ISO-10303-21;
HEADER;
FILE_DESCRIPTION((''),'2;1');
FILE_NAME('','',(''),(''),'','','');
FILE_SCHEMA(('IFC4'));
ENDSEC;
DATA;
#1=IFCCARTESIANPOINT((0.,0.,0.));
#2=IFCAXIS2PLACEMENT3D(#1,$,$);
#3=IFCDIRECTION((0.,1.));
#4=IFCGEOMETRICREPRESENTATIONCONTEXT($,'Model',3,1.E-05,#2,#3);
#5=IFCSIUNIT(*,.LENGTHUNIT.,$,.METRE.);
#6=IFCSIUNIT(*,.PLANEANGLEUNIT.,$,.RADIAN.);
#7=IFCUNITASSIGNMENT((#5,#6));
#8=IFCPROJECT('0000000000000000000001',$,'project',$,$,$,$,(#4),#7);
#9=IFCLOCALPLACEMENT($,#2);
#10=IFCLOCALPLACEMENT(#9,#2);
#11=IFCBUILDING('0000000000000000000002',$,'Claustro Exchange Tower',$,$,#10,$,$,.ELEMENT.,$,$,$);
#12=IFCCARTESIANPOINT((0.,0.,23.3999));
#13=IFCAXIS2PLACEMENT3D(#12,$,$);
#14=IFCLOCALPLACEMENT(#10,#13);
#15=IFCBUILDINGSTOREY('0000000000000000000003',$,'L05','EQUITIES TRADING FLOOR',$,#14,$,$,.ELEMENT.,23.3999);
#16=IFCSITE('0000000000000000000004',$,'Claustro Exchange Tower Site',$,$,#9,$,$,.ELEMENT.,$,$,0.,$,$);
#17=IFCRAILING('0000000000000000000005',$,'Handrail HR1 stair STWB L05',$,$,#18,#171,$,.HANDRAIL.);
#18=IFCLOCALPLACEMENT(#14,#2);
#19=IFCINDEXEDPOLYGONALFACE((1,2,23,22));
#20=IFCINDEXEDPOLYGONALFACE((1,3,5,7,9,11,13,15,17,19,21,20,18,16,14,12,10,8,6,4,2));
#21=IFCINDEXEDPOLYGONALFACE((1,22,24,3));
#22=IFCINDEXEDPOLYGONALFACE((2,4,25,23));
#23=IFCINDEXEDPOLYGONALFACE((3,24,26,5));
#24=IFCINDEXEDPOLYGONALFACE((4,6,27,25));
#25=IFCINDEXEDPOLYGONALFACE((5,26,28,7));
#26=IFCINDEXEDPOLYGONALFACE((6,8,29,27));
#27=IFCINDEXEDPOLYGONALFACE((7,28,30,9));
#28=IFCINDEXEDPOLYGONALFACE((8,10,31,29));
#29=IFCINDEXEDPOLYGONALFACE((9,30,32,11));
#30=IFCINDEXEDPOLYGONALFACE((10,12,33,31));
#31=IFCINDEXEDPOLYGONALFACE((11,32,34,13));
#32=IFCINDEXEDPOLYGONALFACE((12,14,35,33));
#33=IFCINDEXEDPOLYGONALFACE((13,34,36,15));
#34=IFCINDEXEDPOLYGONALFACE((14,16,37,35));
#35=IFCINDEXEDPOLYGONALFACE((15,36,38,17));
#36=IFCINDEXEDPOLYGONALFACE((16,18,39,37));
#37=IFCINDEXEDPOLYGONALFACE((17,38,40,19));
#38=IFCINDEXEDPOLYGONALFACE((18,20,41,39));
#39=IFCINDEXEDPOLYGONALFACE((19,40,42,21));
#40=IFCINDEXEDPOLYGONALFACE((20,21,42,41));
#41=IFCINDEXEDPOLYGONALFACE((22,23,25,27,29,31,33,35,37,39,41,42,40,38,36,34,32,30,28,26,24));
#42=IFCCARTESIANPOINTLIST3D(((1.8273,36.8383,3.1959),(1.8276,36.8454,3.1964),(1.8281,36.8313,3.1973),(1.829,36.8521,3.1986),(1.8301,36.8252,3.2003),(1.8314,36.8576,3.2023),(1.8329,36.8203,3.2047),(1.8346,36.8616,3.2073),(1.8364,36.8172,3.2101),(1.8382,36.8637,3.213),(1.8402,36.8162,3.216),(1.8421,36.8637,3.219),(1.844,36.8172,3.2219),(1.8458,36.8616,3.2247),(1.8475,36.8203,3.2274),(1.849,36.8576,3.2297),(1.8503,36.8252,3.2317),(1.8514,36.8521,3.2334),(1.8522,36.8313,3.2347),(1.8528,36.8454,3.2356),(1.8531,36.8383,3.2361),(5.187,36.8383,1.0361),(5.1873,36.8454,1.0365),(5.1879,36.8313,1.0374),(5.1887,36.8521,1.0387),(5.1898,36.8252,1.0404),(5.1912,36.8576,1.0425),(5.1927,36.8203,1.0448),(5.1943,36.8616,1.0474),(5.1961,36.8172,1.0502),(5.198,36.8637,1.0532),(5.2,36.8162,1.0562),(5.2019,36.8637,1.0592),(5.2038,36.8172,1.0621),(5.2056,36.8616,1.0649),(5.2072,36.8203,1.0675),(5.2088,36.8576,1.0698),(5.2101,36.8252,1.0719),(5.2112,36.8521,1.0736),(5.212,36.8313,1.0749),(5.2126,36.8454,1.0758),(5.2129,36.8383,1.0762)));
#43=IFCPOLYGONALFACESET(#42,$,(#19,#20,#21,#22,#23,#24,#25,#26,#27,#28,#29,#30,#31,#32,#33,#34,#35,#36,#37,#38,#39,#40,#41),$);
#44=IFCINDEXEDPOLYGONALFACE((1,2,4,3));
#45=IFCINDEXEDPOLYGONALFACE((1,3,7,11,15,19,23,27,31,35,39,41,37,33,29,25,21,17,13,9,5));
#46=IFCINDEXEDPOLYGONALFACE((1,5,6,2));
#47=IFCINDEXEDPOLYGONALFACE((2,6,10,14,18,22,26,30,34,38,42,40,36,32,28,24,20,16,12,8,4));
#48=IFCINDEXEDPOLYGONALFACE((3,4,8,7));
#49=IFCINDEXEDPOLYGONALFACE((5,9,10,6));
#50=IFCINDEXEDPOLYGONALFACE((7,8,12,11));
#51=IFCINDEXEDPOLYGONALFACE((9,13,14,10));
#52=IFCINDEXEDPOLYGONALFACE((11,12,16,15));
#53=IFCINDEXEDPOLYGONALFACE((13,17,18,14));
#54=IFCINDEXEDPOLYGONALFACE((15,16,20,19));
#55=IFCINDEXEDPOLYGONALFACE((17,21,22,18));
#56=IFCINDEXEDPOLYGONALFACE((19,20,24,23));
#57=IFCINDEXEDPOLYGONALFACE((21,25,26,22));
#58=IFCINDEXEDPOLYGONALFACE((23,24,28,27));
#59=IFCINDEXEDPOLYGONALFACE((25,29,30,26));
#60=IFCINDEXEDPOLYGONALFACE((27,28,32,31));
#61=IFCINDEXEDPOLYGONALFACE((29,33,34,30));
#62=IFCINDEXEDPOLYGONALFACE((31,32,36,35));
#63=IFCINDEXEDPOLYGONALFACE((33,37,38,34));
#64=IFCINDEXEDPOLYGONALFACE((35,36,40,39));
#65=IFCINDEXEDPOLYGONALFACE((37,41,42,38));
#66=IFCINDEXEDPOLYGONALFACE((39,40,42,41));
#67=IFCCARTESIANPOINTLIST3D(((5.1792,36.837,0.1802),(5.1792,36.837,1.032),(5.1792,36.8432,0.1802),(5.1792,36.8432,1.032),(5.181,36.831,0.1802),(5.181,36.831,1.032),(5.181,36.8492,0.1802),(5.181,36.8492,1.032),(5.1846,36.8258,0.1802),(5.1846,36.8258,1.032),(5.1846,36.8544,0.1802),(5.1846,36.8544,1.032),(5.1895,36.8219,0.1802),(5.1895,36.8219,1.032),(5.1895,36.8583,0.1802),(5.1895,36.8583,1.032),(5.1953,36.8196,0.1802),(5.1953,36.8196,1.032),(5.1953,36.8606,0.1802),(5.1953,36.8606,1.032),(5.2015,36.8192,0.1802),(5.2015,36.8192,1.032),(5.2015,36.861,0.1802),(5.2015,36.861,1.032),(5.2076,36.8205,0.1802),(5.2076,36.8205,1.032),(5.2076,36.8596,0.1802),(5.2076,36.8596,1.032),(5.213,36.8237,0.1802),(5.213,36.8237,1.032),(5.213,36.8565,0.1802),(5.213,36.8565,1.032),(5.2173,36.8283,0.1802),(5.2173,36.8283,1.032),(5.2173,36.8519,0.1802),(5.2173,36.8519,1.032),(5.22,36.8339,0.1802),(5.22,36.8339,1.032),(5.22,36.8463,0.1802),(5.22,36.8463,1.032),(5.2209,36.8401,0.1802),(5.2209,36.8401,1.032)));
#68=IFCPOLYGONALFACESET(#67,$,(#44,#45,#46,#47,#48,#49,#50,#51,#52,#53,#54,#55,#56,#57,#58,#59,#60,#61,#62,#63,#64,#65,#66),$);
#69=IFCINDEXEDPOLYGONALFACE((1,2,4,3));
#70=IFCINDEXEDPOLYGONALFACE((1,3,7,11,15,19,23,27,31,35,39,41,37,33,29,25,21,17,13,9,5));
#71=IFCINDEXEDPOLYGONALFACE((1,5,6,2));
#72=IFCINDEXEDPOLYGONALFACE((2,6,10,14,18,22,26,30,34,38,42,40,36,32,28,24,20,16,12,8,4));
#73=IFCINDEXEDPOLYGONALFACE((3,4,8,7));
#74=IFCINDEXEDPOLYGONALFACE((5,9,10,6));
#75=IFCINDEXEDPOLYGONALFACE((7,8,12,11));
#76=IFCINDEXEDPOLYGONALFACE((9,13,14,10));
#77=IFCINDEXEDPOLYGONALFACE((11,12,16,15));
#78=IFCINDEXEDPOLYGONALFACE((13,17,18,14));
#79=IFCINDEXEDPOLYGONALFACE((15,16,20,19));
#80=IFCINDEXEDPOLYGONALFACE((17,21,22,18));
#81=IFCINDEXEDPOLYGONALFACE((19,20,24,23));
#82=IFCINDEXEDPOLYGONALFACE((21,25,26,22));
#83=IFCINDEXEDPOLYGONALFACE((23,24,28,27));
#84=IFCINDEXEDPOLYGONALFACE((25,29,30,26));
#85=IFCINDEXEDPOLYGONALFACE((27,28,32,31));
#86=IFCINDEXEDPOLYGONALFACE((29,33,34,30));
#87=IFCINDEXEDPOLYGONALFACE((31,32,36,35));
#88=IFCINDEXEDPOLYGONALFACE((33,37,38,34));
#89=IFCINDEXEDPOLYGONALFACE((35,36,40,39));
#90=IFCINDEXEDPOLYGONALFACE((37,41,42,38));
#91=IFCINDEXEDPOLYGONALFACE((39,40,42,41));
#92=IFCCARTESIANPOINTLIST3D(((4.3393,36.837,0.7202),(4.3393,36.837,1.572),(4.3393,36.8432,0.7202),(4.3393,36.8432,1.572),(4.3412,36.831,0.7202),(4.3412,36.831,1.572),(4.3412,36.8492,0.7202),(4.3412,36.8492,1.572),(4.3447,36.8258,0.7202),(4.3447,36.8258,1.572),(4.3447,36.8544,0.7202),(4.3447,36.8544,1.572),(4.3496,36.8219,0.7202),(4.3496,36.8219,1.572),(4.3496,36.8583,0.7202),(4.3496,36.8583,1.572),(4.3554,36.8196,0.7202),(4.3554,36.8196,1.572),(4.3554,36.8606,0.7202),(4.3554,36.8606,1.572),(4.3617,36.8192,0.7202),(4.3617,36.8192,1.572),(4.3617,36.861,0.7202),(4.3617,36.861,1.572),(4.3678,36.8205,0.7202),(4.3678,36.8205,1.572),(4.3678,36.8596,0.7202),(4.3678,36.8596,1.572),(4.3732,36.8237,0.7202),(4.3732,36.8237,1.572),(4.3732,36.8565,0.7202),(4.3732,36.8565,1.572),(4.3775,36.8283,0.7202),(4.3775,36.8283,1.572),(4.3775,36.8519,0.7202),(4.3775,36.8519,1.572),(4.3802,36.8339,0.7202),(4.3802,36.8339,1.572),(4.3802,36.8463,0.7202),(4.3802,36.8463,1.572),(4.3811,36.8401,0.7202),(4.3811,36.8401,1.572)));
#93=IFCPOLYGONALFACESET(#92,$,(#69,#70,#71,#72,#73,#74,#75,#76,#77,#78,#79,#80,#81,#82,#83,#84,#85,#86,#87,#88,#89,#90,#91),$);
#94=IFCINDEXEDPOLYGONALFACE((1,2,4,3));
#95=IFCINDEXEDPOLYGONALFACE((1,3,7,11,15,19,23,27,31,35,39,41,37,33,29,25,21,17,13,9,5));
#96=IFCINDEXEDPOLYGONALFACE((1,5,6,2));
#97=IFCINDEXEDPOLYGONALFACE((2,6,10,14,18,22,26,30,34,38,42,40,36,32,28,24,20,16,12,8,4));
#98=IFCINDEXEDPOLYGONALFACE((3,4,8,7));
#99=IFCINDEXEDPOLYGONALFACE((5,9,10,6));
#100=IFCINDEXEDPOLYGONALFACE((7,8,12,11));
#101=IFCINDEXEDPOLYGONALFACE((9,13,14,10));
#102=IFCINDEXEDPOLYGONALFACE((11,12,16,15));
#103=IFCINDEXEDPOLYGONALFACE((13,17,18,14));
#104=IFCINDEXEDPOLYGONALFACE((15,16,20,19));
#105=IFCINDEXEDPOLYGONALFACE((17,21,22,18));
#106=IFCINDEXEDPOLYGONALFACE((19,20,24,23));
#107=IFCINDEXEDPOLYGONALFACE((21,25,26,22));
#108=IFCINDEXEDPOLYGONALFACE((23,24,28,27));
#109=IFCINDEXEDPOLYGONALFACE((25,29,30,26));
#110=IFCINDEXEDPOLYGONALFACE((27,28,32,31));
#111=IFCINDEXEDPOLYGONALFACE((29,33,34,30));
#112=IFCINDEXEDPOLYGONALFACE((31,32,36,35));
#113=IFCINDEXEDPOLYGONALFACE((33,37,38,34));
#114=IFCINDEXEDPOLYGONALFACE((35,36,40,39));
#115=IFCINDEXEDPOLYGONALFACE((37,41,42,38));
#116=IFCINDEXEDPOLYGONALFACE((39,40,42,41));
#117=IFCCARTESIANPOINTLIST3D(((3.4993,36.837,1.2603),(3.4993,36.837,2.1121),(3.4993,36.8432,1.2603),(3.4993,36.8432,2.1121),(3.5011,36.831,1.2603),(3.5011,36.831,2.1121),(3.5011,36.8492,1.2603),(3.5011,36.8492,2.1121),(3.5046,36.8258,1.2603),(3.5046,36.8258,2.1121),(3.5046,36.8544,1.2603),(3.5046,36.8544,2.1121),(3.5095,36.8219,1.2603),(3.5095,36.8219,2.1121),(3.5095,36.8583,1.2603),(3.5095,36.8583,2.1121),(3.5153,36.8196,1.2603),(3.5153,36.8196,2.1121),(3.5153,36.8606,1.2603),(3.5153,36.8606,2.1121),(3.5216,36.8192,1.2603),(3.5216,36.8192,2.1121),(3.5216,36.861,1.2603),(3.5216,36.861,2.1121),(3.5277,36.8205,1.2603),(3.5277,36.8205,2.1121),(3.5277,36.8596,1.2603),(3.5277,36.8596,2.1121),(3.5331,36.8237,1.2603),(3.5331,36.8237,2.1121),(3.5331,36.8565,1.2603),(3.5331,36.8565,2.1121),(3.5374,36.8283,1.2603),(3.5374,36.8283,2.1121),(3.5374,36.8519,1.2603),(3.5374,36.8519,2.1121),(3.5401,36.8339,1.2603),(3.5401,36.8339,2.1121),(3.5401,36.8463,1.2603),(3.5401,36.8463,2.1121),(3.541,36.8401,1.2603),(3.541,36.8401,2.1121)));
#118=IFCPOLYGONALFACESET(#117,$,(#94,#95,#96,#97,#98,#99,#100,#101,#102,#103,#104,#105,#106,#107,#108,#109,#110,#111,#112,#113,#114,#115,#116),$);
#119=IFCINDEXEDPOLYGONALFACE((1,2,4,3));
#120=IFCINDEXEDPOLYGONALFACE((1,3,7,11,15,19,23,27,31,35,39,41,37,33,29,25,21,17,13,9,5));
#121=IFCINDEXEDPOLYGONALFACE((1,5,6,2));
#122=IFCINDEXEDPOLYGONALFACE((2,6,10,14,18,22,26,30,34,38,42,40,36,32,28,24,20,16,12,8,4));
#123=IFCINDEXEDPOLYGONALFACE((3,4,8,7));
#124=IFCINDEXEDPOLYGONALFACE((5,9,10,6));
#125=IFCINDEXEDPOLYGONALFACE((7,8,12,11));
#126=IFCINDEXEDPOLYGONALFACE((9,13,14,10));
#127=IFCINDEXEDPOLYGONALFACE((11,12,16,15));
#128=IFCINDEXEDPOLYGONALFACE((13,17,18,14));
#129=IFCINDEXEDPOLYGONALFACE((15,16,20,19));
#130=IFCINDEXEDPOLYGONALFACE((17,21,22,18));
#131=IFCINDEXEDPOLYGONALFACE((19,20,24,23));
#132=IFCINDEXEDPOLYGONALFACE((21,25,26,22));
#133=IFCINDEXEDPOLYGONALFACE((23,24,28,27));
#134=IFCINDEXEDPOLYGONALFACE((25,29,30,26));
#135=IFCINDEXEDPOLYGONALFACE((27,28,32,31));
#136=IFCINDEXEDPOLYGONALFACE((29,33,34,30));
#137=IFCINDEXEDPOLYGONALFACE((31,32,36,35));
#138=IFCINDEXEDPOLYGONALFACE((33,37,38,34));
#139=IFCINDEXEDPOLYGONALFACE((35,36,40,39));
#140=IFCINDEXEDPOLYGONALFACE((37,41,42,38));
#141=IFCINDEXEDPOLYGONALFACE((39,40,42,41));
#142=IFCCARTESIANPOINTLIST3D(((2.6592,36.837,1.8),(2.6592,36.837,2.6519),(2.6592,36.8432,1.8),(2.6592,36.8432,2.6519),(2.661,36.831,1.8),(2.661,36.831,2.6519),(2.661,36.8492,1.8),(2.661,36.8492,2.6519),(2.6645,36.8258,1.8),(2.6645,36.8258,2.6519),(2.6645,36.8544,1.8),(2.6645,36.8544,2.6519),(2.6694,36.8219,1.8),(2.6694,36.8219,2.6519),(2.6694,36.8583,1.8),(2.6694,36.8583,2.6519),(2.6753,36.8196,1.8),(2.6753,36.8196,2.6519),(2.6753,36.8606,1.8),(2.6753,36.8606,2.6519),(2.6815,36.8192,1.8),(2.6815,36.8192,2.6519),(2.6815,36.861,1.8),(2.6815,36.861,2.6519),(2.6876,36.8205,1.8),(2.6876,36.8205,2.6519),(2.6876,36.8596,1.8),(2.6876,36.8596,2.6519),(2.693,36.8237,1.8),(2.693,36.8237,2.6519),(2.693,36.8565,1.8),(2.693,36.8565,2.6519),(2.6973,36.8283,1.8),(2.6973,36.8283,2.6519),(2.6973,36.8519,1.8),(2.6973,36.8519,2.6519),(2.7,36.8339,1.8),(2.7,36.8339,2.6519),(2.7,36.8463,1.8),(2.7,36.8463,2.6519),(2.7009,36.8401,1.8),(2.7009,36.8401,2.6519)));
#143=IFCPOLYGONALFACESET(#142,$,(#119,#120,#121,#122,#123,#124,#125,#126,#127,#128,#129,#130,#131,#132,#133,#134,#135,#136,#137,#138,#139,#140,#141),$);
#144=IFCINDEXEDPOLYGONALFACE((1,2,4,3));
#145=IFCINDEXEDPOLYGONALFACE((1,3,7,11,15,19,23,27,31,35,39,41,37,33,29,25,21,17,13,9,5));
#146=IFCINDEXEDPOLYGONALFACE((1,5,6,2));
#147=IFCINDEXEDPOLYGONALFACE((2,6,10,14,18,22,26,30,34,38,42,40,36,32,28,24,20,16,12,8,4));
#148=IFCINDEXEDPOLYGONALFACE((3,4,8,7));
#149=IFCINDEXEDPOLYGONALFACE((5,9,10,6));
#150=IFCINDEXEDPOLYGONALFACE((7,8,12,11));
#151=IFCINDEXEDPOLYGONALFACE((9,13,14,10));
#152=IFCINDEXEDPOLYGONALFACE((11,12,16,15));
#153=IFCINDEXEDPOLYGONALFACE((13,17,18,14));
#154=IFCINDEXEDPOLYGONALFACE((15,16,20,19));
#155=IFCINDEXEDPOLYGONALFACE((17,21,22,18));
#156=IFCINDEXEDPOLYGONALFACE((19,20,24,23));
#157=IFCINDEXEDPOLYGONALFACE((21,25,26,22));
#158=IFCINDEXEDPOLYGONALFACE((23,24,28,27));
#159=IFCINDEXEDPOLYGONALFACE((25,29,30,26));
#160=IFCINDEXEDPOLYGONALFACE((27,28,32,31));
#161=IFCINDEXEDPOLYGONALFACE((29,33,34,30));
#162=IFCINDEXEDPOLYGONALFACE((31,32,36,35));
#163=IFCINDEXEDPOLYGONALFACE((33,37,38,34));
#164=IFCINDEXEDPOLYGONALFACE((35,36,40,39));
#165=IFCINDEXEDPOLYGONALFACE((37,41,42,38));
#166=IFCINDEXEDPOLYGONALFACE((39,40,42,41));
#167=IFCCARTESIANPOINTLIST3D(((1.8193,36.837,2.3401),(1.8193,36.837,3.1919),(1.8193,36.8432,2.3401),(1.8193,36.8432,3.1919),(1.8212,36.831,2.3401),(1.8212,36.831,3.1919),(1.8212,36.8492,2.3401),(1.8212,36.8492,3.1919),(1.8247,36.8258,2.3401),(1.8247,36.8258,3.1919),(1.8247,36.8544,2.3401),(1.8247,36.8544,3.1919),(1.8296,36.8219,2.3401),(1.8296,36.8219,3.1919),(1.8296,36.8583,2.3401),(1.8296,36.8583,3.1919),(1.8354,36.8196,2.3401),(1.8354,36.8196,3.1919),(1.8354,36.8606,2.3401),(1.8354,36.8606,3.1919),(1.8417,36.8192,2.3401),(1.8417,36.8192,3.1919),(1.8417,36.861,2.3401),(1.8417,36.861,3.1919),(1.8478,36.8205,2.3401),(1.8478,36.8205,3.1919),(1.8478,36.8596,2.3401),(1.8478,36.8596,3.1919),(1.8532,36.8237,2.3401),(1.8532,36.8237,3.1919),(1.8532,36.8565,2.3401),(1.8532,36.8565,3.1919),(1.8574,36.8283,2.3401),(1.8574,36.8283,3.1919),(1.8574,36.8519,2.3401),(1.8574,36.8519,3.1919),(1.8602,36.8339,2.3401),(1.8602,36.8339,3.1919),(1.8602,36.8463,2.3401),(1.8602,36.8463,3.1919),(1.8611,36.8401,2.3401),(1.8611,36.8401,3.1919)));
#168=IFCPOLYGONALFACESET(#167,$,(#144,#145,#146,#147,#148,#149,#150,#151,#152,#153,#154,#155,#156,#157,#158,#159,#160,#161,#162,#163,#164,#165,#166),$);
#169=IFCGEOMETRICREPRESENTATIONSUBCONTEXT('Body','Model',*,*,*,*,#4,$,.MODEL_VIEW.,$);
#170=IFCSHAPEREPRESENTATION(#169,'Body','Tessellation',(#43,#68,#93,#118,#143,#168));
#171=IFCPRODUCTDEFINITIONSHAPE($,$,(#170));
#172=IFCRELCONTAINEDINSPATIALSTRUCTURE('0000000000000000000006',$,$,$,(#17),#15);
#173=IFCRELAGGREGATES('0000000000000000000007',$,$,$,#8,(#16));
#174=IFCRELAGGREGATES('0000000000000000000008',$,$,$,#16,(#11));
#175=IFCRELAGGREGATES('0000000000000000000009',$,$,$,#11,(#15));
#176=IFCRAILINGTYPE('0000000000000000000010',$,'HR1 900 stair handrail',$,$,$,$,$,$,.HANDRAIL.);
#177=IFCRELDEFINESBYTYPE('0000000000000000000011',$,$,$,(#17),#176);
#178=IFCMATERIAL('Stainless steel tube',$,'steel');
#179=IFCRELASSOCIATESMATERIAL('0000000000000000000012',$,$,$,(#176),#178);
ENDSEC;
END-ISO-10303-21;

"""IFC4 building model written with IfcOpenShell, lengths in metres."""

from ifc_helpers import new_model, si_unit, direction, frame, origin, origin_2d, place, context, subcontext, project, spatial, circle, extrude, material, type_object, element, save


model = new_model("IFC4")

# Units and contexts
model_context = context("Model", 3, precision=1e-05, world=origin(), true_north=direction((0.0, 1.0)))
body_context = subcontext(model_context, "Body", "Model", "MODEL_VIEW")
ifc_project = project(units=[si_unit("LENGTHUNIT", "METRE"), si_unit("PLANEANGLEUNIT", "RADIAN")], contexts=[model_context])

# Site, building, storey
site_placement = place(None, origin())
site = spatial("IfcSite", under=ifc_project, at=site_placement, Name="Claustro Exchange Tower Site", CompositionType="ELEMENT", RefElevation=0.0)
building_placement = place(site_placement, origin())
building = spatial("IfcBuilding", under=site, at=building_placement, Name="Claustro Exchange Tower", CompositionType="ELEMENT")
storey_placement = place(building_placement, frame((0.0, 0.0, 23.3999)))
storey = spatial("IfcBuildingStorey", under=building, at=storey_placement, Name="L05", Description="EQUITIES TRADING FLOOR", CompositionType="ELEMENT", Elevation=23.3999)

# Railing
ifc_material_1 = material(Name="Stainless steel tube", Category="steel")
railing_type_1 = type_object("IfcRailingType", Name="HR1 900 stair handrail", PredefinedType="HANDRAIL", material=ifc_material_1)
railing_1_placement = place(storey_placement, frame((5.2, 36.8401, 0.1802)))
element("IfcRailing", 1, at=railing_1_placement, inside=storey, type_object=railing_type_1, Name="Handrail HR1 stair STWB L05", PredefinedType="HANDRAIL", context=body_context, shape_type="SweptSolid", body=[
    extrude(circle(Radius=0.0239, at=origin_2d()), frame((0.0, 0.0, 0.876), z_axis=(-0.841178, 0.0, 0.540758), x_axis=(0.0, -1.0, 0.0)), (0.0, 0.0, 1.0), 3.9941),
    extrude(circle(Radius=0.021, at=origin_2d()), origin(), (0.0, 0.0, 1.0), 0.8518),
    extrude(circle(Radius=0.021, at=origin_2d()), frame((-0.8398, 0.0, 0.54)), (0.0, 0.0, 1.0), 0.8518),
    extrude(circle(Radius=0.021, at=origin_2d()), frame((-1.6799, 0.0, 1.0801)), (0.0, 0.0, 1.0), 0.8518),
    extrude(circle(Radius=0.021, at=origin_2d()), frame((-2.52, 0.0, 1.6199)), (0.0, 0.0, 1.0), 0.8518),
    extrude(circle(Radius=0.021, at=origin_2d()), frame((-3.3599, 0.0, 2.1599)), (0.0, 0.0, 1.0), 0.8518),
])

save(model, "model.ifc")
